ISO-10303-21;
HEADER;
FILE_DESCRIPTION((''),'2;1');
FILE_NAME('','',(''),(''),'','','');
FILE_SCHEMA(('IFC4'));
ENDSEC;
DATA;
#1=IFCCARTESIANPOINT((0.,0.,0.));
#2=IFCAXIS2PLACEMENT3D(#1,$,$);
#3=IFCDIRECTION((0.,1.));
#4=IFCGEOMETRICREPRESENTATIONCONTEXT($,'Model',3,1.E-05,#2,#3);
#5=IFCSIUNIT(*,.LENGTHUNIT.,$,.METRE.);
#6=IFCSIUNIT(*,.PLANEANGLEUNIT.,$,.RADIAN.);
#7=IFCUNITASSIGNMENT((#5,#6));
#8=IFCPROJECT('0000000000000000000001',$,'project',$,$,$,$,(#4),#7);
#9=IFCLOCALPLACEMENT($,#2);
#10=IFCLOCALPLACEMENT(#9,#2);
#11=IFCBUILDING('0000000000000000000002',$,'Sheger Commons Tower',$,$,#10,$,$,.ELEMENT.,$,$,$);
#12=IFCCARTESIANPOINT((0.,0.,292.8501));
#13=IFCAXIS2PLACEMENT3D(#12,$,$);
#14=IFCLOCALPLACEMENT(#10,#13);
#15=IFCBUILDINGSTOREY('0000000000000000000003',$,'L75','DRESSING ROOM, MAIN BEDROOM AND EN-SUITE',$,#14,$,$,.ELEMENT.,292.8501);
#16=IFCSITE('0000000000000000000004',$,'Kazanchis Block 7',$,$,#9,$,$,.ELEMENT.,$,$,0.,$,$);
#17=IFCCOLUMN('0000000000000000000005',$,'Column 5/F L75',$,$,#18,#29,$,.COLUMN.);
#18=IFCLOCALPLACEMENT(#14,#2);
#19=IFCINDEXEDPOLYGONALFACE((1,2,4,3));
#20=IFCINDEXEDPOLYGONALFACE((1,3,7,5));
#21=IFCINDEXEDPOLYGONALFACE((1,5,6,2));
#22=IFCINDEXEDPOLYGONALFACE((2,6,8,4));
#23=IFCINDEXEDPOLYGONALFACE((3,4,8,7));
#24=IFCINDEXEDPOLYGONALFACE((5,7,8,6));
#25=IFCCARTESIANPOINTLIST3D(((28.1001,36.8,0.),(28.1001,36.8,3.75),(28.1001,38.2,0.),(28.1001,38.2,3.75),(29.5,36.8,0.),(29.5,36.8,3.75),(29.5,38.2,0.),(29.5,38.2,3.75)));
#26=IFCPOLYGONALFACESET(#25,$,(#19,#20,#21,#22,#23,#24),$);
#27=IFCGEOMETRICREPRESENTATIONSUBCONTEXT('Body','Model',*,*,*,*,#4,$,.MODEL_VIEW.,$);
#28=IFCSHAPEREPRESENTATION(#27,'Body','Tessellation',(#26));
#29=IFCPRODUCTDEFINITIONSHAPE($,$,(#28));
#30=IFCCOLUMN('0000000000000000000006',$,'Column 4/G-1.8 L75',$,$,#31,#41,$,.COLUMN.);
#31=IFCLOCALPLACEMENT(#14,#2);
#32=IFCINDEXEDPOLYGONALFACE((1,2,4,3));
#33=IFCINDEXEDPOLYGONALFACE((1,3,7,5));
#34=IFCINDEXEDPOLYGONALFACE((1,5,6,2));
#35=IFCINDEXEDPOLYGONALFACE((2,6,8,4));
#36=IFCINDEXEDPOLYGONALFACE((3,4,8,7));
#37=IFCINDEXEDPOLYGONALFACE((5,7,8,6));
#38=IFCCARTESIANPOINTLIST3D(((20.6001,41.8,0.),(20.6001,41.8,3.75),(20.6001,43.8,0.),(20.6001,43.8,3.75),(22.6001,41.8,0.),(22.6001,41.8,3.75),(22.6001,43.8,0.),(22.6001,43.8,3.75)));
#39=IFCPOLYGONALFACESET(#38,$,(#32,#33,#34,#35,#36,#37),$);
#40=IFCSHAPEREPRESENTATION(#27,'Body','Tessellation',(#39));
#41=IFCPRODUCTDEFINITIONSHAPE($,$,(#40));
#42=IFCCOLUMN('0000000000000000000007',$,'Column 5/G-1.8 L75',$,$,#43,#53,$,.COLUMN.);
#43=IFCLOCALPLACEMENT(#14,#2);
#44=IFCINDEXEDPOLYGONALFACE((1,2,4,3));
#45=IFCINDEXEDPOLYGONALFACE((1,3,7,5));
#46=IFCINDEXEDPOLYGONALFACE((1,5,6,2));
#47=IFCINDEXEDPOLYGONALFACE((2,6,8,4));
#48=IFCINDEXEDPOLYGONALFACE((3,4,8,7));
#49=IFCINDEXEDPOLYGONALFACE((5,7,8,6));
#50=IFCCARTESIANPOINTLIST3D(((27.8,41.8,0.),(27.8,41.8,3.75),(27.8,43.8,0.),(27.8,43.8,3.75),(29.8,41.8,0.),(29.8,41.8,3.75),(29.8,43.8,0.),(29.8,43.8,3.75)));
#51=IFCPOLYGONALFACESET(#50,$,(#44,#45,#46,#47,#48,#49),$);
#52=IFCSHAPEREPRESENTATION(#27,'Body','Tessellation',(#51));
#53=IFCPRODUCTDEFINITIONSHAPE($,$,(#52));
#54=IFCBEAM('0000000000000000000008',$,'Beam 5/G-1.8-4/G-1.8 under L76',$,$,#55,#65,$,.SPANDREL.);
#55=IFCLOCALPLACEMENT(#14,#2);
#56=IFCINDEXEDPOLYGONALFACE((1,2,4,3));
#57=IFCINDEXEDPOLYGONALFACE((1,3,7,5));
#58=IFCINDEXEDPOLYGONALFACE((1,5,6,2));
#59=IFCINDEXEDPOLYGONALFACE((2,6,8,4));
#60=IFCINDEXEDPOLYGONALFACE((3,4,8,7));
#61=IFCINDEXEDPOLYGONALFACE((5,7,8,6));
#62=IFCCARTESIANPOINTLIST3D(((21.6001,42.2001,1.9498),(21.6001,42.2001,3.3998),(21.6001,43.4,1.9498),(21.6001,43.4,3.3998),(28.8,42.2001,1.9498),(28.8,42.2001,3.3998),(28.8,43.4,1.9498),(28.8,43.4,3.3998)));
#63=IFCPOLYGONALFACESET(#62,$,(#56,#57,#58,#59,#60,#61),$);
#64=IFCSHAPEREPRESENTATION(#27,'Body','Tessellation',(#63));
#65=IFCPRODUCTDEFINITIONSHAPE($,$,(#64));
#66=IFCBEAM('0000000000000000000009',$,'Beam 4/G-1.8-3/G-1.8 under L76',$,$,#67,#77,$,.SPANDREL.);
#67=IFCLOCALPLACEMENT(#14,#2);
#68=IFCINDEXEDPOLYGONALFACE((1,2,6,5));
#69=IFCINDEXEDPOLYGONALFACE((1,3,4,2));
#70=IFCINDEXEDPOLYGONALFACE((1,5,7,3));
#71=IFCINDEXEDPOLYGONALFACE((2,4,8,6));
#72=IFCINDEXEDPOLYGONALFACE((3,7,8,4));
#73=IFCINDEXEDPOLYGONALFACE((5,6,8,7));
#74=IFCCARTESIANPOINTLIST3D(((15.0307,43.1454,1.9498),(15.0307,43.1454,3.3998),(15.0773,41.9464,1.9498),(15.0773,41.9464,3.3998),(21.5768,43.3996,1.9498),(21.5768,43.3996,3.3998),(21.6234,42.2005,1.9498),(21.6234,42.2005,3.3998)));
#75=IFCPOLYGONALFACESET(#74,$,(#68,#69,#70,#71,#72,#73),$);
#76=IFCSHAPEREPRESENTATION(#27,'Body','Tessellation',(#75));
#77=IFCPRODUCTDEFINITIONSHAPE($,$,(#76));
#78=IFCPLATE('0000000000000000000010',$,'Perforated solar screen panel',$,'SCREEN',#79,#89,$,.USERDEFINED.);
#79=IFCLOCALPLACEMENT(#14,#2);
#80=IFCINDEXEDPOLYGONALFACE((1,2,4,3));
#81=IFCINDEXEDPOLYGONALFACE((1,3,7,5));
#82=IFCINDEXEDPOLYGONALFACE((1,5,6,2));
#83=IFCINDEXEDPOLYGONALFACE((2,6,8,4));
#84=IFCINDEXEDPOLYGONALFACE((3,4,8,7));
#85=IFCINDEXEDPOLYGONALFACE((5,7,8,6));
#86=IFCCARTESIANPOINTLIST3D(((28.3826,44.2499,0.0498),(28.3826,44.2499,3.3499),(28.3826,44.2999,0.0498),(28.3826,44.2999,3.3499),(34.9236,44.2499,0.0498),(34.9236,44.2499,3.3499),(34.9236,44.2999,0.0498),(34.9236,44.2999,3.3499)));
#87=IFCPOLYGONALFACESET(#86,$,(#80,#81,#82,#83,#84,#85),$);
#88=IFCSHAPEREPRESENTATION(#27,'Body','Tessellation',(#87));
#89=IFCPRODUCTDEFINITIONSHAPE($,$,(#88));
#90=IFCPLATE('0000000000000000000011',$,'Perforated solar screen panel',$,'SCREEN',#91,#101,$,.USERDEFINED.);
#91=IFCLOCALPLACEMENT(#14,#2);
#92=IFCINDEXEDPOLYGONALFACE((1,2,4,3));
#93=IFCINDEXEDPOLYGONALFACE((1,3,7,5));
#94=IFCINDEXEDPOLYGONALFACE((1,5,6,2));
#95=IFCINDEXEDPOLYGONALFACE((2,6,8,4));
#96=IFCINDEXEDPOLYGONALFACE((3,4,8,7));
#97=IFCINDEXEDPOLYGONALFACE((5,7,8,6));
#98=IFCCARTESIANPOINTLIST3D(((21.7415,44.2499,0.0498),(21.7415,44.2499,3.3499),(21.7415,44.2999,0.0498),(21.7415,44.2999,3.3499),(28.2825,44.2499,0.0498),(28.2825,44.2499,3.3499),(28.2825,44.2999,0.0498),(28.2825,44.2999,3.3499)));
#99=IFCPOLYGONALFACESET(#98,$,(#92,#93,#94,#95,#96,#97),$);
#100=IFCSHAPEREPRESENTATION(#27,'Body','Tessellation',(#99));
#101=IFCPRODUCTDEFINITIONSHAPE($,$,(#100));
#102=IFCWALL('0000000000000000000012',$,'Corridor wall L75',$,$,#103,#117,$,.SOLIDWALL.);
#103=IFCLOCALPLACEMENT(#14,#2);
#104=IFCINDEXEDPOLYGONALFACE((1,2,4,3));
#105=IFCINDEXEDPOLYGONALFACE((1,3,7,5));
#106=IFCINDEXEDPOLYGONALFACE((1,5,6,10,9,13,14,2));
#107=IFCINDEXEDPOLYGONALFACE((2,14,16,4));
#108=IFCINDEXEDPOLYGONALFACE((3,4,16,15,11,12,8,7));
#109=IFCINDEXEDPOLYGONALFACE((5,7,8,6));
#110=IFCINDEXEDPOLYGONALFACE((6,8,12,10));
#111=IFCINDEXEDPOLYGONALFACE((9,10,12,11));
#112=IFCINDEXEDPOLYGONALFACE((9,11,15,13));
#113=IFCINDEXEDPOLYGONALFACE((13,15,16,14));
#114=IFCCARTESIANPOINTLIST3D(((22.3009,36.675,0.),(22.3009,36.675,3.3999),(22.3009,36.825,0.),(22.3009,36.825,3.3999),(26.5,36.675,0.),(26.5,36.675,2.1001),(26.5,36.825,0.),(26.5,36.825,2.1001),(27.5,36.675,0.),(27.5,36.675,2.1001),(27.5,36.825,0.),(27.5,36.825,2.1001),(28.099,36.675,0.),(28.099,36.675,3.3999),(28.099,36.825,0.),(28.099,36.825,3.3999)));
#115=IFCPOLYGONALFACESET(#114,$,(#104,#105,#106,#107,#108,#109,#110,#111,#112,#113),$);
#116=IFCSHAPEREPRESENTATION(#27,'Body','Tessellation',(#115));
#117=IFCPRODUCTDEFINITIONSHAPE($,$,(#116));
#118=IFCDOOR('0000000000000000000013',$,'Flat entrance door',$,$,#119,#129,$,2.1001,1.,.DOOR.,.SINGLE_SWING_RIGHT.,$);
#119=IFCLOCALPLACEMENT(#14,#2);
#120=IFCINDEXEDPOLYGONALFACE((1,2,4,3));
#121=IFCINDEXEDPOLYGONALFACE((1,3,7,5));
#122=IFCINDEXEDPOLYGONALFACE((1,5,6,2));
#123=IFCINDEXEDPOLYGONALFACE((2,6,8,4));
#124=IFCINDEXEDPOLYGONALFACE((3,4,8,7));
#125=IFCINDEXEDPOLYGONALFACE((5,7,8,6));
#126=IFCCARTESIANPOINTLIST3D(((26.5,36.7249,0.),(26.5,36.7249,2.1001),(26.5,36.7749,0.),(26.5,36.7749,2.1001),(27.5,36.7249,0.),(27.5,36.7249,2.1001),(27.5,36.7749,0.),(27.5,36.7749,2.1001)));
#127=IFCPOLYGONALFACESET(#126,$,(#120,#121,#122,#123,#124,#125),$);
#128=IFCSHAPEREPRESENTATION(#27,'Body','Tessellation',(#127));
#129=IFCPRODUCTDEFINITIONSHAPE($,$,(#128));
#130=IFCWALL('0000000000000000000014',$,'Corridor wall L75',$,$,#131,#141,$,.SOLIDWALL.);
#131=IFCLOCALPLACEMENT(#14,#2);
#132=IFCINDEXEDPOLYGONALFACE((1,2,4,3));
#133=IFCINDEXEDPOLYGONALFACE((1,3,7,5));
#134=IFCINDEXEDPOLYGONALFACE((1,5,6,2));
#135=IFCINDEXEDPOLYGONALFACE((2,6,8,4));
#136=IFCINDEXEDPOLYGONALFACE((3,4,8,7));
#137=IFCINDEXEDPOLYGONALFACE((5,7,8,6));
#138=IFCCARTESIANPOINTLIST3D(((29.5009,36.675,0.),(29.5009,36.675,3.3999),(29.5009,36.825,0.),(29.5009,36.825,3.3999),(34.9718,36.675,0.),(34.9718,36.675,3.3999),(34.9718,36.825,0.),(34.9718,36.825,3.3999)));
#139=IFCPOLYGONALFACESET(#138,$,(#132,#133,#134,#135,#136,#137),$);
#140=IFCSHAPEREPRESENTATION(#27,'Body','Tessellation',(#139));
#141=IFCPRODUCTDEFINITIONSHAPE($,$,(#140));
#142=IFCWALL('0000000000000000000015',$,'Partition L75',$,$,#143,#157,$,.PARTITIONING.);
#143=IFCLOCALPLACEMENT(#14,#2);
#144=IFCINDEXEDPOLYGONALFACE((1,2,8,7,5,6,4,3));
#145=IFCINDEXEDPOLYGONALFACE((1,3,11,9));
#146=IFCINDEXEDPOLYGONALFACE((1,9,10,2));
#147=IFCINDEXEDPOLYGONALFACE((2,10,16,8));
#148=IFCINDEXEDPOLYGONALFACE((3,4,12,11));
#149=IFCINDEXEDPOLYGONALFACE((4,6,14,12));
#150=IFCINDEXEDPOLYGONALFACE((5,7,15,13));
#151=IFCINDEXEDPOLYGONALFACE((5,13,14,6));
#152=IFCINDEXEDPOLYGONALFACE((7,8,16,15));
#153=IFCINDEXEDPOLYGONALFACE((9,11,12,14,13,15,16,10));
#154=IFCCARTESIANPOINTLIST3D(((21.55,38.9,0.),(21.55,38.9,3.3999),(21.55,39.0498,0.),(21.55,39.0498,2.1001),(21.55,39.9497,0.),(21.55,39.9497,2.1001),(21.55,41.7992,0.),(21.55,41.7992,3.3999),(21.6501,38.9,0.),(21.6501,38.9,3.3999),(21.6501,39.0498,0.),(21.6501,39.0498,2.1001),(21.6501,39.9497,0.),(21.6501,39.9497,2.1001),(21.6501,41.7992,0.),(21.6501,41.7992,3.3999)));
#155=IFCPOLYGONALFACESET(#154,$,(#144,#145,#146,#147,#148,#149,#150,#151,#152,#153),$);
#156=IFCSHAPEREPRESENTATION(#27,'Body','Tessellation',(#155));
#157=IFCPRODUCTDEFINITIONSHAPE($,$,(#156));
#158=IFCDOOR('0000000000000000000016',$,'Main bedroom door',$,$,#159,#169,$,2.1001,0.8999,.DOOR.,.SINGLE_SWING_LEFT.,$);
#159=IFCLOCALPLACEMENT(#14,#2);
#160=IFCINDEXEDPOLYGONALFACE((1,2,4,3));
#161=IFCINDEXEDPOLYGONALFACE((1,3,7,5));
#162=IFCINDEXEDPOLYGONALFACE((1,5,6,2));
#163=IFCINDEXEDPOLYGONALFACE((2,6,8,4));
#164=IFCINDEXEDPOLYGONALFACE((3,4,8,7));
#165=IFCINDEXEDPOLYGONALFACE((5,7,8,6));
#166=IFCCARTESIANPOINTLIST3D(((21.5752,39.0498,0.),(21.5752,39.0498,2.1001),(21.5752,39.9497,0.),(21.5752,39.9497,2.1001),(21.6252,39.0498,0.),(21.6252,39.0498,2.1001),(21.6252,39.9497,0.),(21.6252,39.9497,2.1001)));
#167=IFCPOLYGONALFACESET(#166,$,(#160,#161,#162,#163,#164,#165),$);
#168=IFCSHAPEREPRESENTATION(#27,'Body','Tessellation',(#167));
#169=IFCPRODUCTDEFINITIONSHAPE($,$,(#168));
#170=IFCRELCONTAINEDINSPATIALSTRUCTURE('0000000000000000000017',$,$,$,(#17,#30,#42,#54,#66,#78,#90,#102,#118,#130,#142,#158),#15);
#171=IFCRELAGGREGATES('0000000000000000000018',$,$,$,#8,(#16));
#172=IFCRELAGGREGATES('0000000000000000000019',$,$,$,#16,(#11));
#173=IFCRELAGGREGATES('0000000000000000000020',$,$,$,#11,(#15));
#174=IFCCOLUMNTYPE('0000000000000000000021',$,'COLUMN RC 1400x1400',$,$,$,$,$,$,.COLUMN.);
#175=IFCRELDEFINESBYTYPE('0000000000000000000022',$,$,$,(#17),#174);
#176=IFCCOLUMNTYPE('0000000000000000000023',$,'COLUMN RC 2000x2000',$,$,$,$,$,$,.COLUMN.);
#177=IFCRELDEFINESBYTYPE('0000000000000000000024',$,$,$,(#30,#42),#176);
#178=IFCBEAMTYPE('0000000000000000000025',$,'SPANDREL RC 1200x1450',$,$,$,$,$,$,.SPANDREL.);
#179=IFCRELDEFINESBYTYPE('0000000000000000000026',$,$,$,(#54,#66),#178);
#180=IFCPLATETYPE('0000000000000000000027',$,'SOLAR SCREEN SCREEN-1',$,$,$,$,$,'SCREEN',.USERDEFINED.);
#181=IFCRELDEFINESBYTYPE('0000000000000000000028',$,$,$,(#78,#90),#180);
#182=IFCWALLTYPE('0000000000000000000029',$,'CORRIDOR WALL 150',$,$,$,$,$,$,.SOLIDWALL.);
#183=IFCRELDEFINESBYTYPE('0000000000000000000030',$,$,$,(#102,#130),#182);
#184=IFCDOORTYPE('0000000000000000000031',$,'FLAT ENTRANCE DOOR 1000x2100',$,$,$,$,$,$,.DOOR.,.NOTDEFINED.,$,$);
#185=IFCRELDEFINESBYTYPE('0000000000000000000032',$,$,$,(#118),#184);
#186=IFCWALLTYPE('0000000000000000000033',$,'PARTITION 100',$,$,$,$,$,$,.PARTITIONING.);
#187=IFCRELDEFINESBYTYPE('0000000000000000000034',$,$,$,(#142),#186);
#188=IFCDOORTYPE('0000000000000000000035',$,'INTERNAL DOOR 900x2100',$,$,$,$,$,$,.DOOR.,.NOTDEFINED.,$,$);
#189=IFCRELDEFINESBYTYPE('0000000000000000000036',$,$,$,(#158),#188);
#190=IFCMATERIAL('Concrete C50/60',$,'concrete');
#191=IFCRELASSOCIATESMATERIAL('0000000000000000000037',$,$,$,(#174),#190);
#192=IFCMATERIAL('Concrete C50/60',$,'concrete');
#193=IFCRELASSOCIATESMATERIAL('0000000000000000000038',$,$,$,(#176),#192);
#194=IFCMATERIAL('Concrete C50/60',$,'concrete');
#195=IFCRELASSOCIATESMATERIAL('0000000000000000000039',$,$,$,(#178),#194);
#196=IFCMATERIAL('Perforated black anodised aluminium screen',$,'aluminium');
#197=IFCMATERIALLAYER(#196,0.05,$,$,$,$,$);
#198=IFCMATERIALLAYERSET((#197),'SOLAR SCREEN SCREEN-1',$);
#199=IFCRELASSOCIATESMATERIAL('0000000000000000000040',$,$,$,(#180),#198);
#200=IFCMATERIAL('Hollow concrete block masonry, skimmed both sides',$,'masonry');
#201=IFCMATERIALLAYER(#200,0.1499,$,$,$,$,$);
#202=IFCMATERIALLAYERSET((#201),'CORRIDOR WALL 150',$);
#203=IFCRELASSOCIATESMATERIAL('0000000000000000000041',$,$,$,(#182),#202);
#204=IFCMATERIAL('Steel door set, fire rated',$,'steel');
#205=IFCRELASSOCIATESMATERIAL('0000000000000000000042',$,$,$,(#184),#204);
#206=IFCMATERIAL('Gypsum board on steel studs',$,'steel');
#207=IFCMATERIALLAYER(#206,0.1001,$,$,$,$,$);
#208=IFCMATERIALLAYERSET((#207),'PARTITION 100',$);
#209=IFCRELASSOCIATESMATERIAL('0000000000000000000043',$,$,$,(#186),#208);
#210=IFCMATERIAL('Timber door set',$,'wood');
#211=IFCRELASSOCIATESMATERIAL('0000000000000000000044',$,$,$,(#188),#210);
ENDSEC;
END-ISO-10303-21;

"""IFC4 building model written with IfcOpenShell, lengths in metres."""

from ifc_helpers import new_model, si_unit, direction, frame, frame_2d, origin, origin_2d, place, context, subcontext, project, spatial, rectangle, extrude, material, layer, layer_set, material_profile, profile_set, type_object, element, fill, save


model = new_model("IFC4")

# Units and contexts
model_context = context("Model", 3, precision=1e-05, world=origin(), true_north=direction((0.0, 1.0)))
body_context = subcontext(model_context, "Body", "Model", "MODEL_VIEW")
ifc_project = project(units=[si_unit("LENGTHUNIT", "METRE"), si_unit("PLANEANGLEUNIT", "RADIAN")], contexts=[model_context])

# Site, building, storey
site_placement = place(None, origin())
site = spatial("IfcSite", under=ifc_project, at=site_placement, Name="Kazanchis Block 7", CompositionType="ELEMENT", RefElevation=0.0)
building_placement = place(site_placement, origin())
building = spatial("IfcBuilding", under=site, at=building_placement, Name="Sheger Commons Tower", CompositionType="ELEMENT")
storey_placement = place(building_placement, frame((0.0, 0.0, 292.8501)))
storey = spatial("IfcBuildingStorey", under=building, at=storey_placement, Name="L75", Description="DRESSING ROOM, MAIN BEDROOM AND EN-SUITE", CompositionType="ELEMENT", Elevation=292.8501)

# Columns
ifc_material_1 = material(Name="Concrete C50/60", Category="concrete")
ifc_material_profile_1 = material_profile(ifc_material_1, rectangle(XDim=1.3999, YDim=1.3999, at=origin_2d()), Name="RC 1400x1400")
ifc_profile_set_1 = profile_set([ifc_material_profile_1], Name="Concrete C50/60")
column_type_1 = type_object("IfcColumnType", Name="COLUMN RC 1400x1400", PredefinedType="COLUMN", material=ifc_profile_set_1)
column_placement = place(storey_placement, frame((28.8, 37.5, 0.0), z_axis=(0.0, 0.0, 1.0), x_axis=(1.0, 0.0, 0.0)))
element("IfcColumn", 1, at=column_placement, inside=storey, type_object=column_type_1, Name="Column 5/F L75", PredefinedType="COLUMN", context=body_context, shape_type="SweptSolid", body=[
    extrude(rectangle(XDim=1.3999, YDim=1.3999, at=origin_2d()), origin(), (0.0, 0.0, 1.0), 3.75),
])
ifc_material_2 = material(Name="Concrete C50/60", Category="concrete")
ifc_material_profile_2 = material_profile(ifc_material_2, rectangle(XDim=2.0, YDim=2.0, at=origin_2d()), Name="RC 2000x2000")
ifc_profile_set_2 = profile_set([ifc_material_profile_2], Name="Concrete C50/60")
column_type_2 = type_object("IfcColumnType", Name="COLUMN RC 2000x2000", PredefinedType="COLUMN", material=ifc_profile_set_2)
for number, where, z_axis, x_axis, name in (
    (2, (21.6001, 42.8, 0.0), (0.0, 0.0, 1.0), (1.0, 0.0, 0.0), "Column 4/G-1.8 L75"),
    (3, (28.8, 42.8, 0.0), (0.0, 0.0, 1.0), (1.0, 0.0, 0.0), "Column 5/G-1.8 L75"),
):
    element("IfcColumn", number, at=place(storey_placement, frame(where, z_axis=z_axis, x_axis=x_axis)), inside=storey, type_object=column_type_2, Name=name, PredefinedType="COLUMN", context=body_context, shape_type="SweptSolid", body=[
        extrude(rectangle(XDim=2.0, YDim=2.0, at=origin_2d()), origin(), (0.0, 0.0, 1.0), 3.75),
    ])

# Beams
ifc_material_3 = material(Name="Concrete C50/60", Category="concrete")
ifc_material_profile_3 = material_profile(ifc_material_3, rectangle(XDim=1.2, YDim=1.45, at=origin_2d()), Name="RC 1200x1450")
ifc_profile_set_3 = profile_set([ifc_material_profile_3], Name="Concrete C50/60")
beam_type = type_object("IfcBeamType", Name="SPANDREL RC 1200x1450", PredefinedType="SPANDREL", material=ifc_profile_set_3)
beam_1_placement = place(storey_placement, frame((28.8, 42.8, 2.6748), z_axis=(-1.0, 0.0, 0.0), x_axis=(0.0, -1.0, 0.0)))
element("IfcBeam", 4, at=beam_1_placement, inside=storey, type_object=beam_type, Name="Beam 5/G-1.8-4/G-1.8 under L76", PredefinedType="SPANDREL", context=body_context, shape_type="SweptSolid", body=[
    extrude(rectangle(XDim=1.2, YDim=1.45, at=origin_2d()), origin(), (0.0, 0.0, 1.0), 7.2),
])
beam_2_placement = place(storey_placement, frame((21.6001, 42.8, 2.6748), z_axis=(-0.999247, -0.038795, 0.0), x_axis=(0.038795, -0.999247, 0.0)))
element("IfcBeam", 5, at=beam_2_placement, inside=storey, type_object=beam_type, Name="Beam 4/G-1.8-3/G-1.8 under L76", PredefinedType="SPANDREL", context=body_context, shape_type="SweptSolid", body=[
    extrude(rectangle(XDim=1.2, YDim=1.45, at=origin_2d()), origin(), (0.0, 0.0, 1.0), 6.551),
])

# Plates
ifc_material_4 = material(Name="Perforated black anodised aluminium screen", Category="aluminium")
ifc_layer_1 = layer(ifc_material_4, 0.05)
ifc_layer_set_1 = layer_set([ifc_layer_1], Name="SOLAR SCREEN SCREEN-1")
plate_type = type_object("IfcPlateType", Name="SOLAR SCREEN SCREEN-1", ElementType="SCREEN", PredefinedType="USERDEFINED", material=ifc_layer_set_1)
for number, where, z_axis, x_axis, name in (
    (6, (31.6531, 44.2749, 0.0498), (0.0, 0.0, 1.0), (-1.0, 0.0, 0.0), "Perforated solar screen panel"),
    (7, (25.012, 44.2749, 0.0498), (0.0, 0.0, 1.0), (-1.0, 0.0, 0.0), "Perforated solar screen panel"),
):
    element("IfcPlate", number, at=place(storey_placement, frame(where, z_axis=z_axis, x_axis=x_axis)), inside=storey, type_object=plate_type, Name=name, ObjectType="SCREEN", PredefinedType="USERDEFINED", context=body_context, shape_type="SweptSolid", body=[
        extrude(rectangle(XDim=6.541, YDim=0.05, at=origin_2d()), origin(), (0.0, 0.0, 1.0), 3.3),
    ])

# Wall, opening, door
ifc_material_5 = material(Name="Hollow concrete block masonry, skimmed both sides", Category="masonry")
ifc_layer_2 = layer(ifc_material_5, 0.1499)
ifc_layer_set_2 = layer_set([ifc_layer_2], Name="CORRIDOR WALL 150")
wall_type_1 = type_object("IfcWallType", Name="CORRIDOR WALL 150", PredefinedType="SOLIDWALL", material=ifc_layer_set_2)
wall_1_placement = place(storey_placement, frame((22.301, 36.75, 0.0), z_axis=(0.0, 0.0, 1.0), x_axis=(1.0, 0.0, 0.0)))
wall_1 = element("IfcWall", 8, at=wall_1_placement, inside=storey, type_object=wall_type_1, Name="Corridor wall L75", PredefinedType="SOLIDWALL", context=body_context, shape_type="SweptSolid", body=[
    extrude(rectangle(XDim=5.7981, YDim=0.1499, at=frame_2d((2.8989, 0.0))), origin(), (0.0, 0.0, 1.0), 3.3999),
])
opening_1_placement = place(wall_1_placement, frame((4.199, 0.0, 0.0)))
opening_1 = element("IfcOpeningElement", 9, at=opening_1_placement, cuts=wall_1, PredefinedType="OPENING", context=body_context, shape_type="SweptSolid", body=[
    extrude(rectangle(XDim=1.0, YDim=2.1001, at=frame_2d((0.5, 1.05))), frame((0.0, 0.085, 0.0), z_axis=(0.0, -1.0, 0.0), x_axis=(1.0, 0.0, 0.0)), (0.0, 0.0, 1.0), 0.1699),
])
ifc_material_6 = material(Name="Steel door set, fire rated", Category="steel")
door_type_1 = type_object("IfcDoorType", Name="FLAT ENTRANCE DOOR 1000x2100", OperationType="NOTDEFINED", PredefinedType="DOOR", material=ifc_material_6)
door_1_placement = place(opening_1_placement, origin())
door_1 = element("IfcDoor", 10, at=door_1_placement, inside=storey, type_object=door_type_1, Name="Flat entrance door", OperationType="SINGLE_SWING_RIGHT", OverallHeight=2.1001, OverallWidth=1.0, PredefinedType="DOOR", context=body_context, shape_type="SweptSolid", body=[
    extrude(rectangle(XDim=1.0, YDim=2.1001, at=frame_2d((0.5, 1.05))), frame((0.0, 0.0249, 0.0), z_axis=(0.0, -1.0, 0.0), x_axis=(1.0, 0.0, 0.0)), (0.0, 0.0, 1.0), 0.05),
])
fill(opening_1, door_1)

# Wall
wall_2_placement = place(storey_placement, frame((29.501, 36.75, 0.0), z_axis=(0.0, 0.0, 1.0), x_axis=(1.0, 0.0, 0.0)))
element("IfcWall", 11, at=wall_2_placement, inside=storey, type_object=wall_type_1, Name="Corridor wall L75", PredefinedType="SOLIDWALL", context=body_context, shape_type="SweptSolid", body=[
    extrude(rectangle(XDim=5.4709, YDim=0.1499, at=frame_2d((2.7354, 0.0))), origin(), (0.0, 0.0, 1.0), 3.3999),
])

# Wall, opening, door
ifc_material_7 = material(Name="Gypsum board on steel studs", Category="steel")
ifc_layer_3 = layer(ifc_material_7, 0.1001)
ifc_layer_set_3 = layer_set([ifc_layer_3], Name="PARTITION 100")
wall_type_2 = type_object("IfcWallType", Name="PARTITION 100", PredefinedType="PARTITIONING", material=ifc_layer_set_3)
wall_3_placement = place(storey_placement, frame((21.6001, 38.8999, 0.0), z_axis=(0.0, 0.0, 1.0), x_axis=(0.0, 1.0, 0.0)))
wall_3 = element("IfcWall", 12, at=wall_3_placement, inside=storey, type_object=wall_type_2, Name="Partition L75", PredefinedType="PARTITIONING", context=body_context, shape_type="SweptSolid", body=[
    extrude(rectangle(XDim=2.8992, YDim=0.1001, at=frame_2d((1.4497, 0.0))), origin(), (0.0, 0.0, 1.0), 3.3999),
])
opening_2_placement = place(wall_3_placement, frame((0.1499, 0.0, 0.0)))
opening_2 = element("IfcOpeningElement", 13, at=opening_2_placement, cuts=wall_3, PredefinedType="OPENING", context=body_context, shape_type="SweptSolid", body=[
    extrude(rectangle(XDim=0.8999, YDim=2.1001, at=frame_2d((0.45, 1.05))), frame((0.0, 0.0601, 0.0), z_axis=(0.0, -1.0, 0.0), x_axis=(1.0, 0.0, 0.0)), (0.0, 0.0, 1.0), 0.1201),
])
ifc_material_8 = material(Name="Timber door set", Category="wood")
door_type_2 = type_object("IfcDoorType", Name="INTERNAL DOOR 900x2100", OperationType="NOTDEFINED", PredefinedType="DOOR", material=ifc_material_8)
door_2_placement = place(opening_2_placement, origin())
door_2 = element("IfcDoor", 14, at=door_2_placement, inside=storey, type_object=door_type_2, Name="Main bedroom door", OperationType="SINGLE_SWING_LEFT", OverallHeight=2.1001, OverallWidth=0.8999, PredefinedType="DOOR", context=body_context, shape_type="SweptSolid", body=[
    extrude(rectangle(XDim=0.8999, YDim=2.1001, at=frame_2d((0.45, 1.05))), frame((0.0, 0.0249, 0.0), z_axis=(0.0, -1.0, 0.0), x_axis=(1.0, 0.0, 0.0)), (0.0, 0.0, 1.0), 0.05),
])
fill(opening_2, door_2)

save(model, "model.ifc")
